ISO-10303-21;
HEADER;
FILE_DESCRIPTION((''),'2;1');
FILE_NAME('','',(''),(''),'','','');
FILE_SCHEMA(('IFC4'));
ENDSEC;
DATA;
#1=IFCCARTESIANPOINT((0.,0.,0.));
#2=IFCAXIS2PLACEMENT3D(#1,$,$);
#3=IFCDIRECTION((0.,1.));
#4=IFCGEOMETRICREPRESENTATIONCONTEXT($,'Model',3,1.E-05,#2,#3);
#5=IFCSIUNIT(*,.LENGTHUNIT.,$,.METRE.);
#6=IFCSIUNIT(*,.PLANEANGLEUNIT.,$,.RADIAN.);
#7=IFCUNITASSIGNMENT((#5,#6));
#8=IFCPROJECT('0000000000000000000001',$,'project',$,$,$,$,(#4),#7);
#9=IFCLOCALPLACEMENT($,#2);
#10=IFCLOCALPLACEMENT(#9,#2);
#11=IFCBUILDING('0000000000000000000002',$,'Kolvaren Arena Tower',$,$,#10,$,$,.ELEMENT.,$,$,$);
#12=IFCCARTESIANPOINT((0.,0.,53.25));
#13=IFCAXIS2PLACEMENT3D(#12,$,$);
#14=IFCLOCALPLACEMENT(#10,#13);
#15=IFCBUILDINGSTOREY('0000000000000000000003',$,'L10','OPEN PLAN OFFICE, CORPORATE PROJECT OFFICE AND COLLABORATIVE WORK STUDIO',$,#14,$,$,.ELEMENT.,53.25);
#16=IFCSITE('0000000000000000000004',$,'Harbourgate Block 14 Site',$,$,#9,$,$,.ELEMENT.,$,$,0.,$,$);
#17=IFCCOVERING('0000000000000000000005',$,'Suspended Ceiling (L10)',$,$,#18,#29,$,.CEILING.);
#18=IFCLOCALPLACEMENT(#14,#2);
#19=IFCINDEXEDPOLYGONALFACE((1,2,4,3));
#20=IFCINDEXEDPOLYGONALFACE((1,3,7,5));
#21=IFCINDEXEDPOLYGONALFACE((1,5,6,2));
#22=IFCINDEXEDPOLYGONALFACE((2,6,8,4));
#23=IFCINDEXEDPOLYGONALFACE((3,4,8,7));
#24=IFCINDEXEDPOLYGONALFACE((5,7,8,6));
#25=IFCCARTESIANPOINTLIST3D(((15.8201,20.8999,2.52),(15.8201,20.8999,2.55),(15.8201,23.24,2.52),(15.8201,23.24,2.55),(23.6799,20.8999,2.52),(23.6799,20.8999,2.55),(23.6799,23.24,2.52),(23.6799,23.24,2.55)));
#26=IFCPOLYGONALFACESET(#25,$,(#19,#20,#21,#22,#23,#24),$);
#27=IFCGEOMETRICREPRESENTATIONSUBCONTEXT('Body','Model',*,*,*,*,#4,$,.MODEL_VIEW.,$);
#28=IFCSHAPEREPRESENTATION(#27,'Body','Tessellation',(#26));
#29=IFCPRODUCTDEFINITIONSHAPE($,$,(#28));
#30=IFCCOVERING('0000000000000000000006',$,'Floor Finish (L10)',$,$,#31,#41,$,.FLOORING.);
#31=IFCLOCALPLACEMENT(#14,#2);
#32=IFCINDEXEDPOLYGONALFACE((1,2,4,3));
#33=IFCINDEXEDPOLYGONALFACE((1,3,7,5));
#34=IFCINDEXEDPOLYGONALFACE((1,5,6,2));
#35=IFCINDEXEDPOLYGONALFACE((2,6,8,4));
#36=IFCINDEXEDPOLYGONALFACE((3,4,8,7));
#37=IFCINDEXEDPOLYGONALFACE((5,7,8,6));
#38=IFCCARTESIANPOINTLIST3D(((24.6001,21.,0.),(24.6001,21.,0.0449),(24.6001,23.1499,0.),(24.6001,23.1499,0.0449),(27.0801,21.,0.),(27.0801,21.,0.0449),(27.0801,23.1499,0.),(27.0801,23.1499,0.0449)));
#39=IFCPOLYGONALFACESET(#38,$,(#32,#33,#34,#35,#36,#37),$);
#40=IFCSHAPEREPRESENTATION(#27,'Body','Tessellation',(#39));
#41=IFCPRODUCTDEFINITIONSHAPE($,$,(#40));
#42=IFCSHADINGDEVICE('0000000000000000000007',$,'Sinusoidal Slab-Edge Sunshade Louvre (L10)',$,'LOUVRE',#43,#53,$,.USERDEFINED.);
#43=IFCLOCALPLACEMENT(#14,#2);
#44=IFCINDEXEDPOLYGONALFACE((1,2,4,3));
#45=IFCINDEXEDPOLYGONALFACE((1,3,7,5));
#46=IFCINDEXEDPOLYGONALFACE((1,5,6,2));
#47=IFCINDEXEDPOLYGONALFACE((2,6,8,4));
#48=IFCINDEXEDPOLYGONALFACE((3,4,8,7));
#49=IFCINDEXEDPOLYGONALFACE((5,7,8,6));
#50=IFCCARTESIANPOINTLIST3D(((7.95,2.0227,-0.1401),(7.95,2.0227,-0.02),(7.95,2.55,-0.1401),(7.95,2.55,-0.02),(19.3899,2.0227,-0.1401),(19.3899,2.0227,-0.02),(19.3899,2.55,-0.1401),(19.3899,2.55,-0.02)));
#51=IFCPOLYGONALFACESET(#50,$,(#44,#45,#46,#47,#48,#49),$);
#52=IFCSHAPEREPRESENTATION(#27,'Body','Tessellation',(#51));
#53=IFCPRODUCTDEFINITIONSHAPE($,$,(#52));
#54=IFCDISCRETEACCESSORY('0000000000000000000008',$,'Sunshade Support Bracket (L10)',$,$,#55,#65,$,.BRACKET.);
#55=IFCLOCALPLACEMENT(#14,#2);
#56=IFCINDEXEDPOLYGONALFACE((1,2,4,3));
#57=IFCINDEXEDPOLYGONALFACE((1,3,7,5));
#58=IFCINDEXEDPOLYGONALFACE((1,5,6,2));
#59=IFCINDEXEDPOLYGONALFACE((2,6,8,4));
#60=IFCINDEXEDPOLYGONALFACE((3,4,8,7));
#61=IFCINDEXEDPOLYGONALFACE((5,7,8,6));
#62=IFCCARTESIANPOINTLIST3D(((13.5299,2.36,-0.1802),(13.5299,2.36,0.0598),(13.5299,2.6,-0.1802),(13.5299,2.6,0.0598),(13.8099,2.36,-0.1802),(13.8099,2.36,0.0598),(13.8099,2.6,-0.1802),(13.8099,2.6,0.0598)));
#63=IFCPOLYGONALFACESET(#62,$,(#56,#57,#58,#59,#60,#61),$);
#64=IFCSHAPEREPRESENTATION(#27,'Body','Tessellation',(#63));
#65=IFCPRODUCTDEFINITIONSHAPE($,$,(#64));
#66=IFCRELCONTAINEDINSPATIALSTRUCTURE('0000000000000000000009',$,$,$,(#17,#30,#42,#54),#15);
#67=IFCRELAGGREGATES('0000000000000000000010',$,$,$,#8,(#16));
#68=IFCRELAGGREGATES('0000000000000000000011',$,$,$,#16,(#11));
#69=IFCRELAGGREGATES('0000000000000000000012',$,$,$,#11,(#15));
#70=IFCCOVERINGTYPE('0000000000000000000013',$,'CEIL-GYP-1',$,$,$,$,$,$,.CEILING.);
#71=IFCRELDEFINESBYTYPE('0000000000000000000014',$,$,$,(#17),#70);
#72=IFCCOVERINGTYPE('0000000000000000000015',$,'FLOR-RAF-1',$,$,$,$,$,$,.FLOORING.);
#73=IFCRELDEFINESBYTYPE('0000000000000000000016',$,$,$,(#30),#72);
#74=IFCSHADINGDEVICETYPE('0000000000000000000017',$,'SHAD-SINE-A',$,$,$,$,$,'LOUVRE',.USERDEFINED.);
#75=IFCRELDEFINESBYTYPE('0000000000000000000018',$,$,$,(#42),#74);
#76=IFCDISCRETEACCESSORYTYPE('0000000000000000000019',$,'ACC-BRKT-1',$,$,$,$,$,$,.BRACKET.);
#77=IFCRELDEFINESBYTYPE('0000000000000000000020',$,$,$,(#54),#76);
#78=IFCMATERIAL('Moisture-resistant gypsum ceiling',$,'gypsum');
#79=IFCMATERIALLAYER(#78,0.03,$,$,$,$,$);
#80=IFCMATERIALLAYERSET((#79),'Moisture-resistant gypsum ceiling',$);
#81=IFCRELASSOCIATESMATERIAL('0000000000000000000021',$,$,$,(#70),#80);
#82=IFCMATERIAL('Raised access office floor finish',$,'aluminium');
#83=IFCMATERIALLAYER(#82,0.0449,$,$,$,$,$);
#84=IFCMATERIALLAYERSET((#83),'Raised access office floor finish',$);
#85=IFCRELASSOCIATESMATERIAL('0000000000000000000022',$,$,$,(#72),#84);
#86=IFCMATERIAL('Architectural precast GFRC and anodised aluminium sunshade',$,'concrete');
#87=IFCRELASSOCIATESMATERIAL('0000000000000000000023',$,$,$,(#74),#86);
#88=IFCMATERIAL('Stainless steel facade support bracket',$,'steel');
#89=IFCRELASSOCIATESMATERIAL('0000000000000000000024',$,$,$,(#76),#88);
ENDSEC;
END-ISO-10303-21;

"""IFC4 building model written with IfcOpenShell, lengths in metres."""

from ifc_helpers import new_model, si_unit, direction, frame, origin, origin_2d, place, context, subcontext, project, spatial, polyline, rectangle, outline, extrude, material, layer, layer_set, type_object, element, save


model = new_model("IFC4")

# Units and contexts
model_context = context("Model", 3, precision=1e-05, world=origin(), true_north=direction((0.0, 1.0)))
body_context = subcontext(model_context, "Body", "Model", "MODEL_VIEW")
ifc_project = project(units=[si_unit("LENGTHUNIT", "METRE"), si_unit("PLANEANGLEUNIT", "RADIAN")], contexts=[model_context])

# Site, building, storey
site_placement = place(None, origin())
site = spatial("IfcSite", under=ifc_project, at=site_placement, Name="Harbourgate Block 14 Site", CompositionType="ELEMENT", RefElevation=0.0)
building_placement = place(site_placement, origin())
building = spatial("IfcBuilding", under=site, at=building_placement, Name="Kolvaren Arena Tower", CompositionType="ELEMENT")
storey_placement = place(building_placement, frame((0.0, 0.0, 53.25)))
storey = spatial("IfcBuildingStorey", under=building, at=storey_placement, Name="L10", Description="OPEN PLAN OFFICE, CORPORATE PROJECT OFFICE AND COLLABORATIVE WORK STUDIO", CompositionType="ELEMENT", Elevation=53.25)

# Coverings
ifc_material_1 = material(Name="Moisture-resistant gypsum ceiling", Category="gypsum")
ifc_layer_1 = layer(ifc_material_1, 0.03)
ifc_layer_set_1 = layer_set([ifc_layer_1], Name="Moisture-resistant gypsum ceiling")
covering_type_1 = type_object("IfcCoveringType", Name="CEIL-GYP-1", PredefinedType="CEILING", material=ifc_layer_set_1)
covering_1_placement = place(storey_placement, frame((0.0, 0.0, 2.52)))
element("IfcCovering", 1, at=covering_1_placement, inside=storey, type_object=covering_type_1, Name="Suspended Ceiling (L10)", PredefinedType="CEILING", context=body_context, shape_type="SweptSolid", body=[
    extrude(outline(polyline([(15.8201, 20.8999), (15.8201, 23.24), (23.6799, 23.24), (23.6799, 20.8999), (15.8201, 20.8999)])), origin(), (0.0, 0.0, 1.0), 0.03),
])
ifc_material_2 = material(Name="Raised access office floor finish", Category="aluminium")
ifc_layer_2 = layer(ifc_material_2, 0.0449)
ifc_layer_set_2 = layer_set([ifc_layer_2], Name="Raised access office floor finish")
covering_type_2 = type_object("IfcCoveringType", Name="FLOR-RAF-1", PredefinedType="FLOORING", material=ifc_layer_set_2)
covering_2_placement = place(storey_placement, origin())
element("IfcCovering", 2, at=covering_2_placement, inside=storey, type_object=covering_type_2, Name="Floor Finish (L10)", PredefinedType="FLOORING", context=body_context, shape_type="SweptSolid", body=[
    extrude(outline(polyline([(24.6001, 21.0), (24.6001, 23.1499), (27.0801, 23.1499), (27.0801, 21.0), (24.6001, 21.0)])), origin(), (0.0, 0.0, 1.0), 0.0449),
])

# Shading device
ifc_material_3 = material(Name="Architectural precast GFRC and anodised aluminium sunshade", Category="concrete")
shading_device_type = type_object("IfcShadingDeviceType", Name="SHAD-SINE-A", ElementType="LOUVRE", PredefinedType="USERDEFINED", material=ifc_material_3)
shading_device_placement = place(storey_placement, frame((13.6699, 2.2864, -0.1401), z_axis=(0.0, 0.0, 1.0), x_axis=(-1.0, 0.0, 0.0)))
element("IfcShadingDevice", 3, at=shading_device_placement, inside=storey, type_object=shading_device_type, Name="Sinusoidal Slab-Edge Sunshade Louvre (L10)", ObjectType="LOUVRE", PredefinedType="USERDEFINED", context=body_context, shape_type="SweptSolid", body=[
    extrude(rectangle(XDim=11.4399, YDim=0.5273, at=origin_2d()), origin(), (0.0, 0.0, 1.0), 0.1201),
])

# Discrete accessory
ifc_material_4 = material(Name="Stainless steel facade support bracket", Category="steel")
discrete_accessory_type = type_object("IfcDiscreteAccessoryType", Name="ACC-BRKT-1", PredefinedType="BRACKET", material=ifc_material_4)
discrete_accessory_placement = place(storey_placement, frame((13.6699, 2.48, -0.1802), z_axis=(0.0, 0.0, 1.0), x_axis=(-1.0, 0.0, 0.0)))
element("IfcDiscreteAccessory", 4, at=discrete_accessory_placement, inside=storey, type_object=discrete_accessory_type, Name="Sunshade Support Bracket (L10)", PredefinedType="BRACKET", context=body_context, shape_type="SweptSolid", body=[
    extrude(rectangle(XDim=0.28, YDim=0.24, at=origin_2d()), origin(), (0.0, 0.0, 1.0), 0.24),
])

save(model, "model.ifc")
